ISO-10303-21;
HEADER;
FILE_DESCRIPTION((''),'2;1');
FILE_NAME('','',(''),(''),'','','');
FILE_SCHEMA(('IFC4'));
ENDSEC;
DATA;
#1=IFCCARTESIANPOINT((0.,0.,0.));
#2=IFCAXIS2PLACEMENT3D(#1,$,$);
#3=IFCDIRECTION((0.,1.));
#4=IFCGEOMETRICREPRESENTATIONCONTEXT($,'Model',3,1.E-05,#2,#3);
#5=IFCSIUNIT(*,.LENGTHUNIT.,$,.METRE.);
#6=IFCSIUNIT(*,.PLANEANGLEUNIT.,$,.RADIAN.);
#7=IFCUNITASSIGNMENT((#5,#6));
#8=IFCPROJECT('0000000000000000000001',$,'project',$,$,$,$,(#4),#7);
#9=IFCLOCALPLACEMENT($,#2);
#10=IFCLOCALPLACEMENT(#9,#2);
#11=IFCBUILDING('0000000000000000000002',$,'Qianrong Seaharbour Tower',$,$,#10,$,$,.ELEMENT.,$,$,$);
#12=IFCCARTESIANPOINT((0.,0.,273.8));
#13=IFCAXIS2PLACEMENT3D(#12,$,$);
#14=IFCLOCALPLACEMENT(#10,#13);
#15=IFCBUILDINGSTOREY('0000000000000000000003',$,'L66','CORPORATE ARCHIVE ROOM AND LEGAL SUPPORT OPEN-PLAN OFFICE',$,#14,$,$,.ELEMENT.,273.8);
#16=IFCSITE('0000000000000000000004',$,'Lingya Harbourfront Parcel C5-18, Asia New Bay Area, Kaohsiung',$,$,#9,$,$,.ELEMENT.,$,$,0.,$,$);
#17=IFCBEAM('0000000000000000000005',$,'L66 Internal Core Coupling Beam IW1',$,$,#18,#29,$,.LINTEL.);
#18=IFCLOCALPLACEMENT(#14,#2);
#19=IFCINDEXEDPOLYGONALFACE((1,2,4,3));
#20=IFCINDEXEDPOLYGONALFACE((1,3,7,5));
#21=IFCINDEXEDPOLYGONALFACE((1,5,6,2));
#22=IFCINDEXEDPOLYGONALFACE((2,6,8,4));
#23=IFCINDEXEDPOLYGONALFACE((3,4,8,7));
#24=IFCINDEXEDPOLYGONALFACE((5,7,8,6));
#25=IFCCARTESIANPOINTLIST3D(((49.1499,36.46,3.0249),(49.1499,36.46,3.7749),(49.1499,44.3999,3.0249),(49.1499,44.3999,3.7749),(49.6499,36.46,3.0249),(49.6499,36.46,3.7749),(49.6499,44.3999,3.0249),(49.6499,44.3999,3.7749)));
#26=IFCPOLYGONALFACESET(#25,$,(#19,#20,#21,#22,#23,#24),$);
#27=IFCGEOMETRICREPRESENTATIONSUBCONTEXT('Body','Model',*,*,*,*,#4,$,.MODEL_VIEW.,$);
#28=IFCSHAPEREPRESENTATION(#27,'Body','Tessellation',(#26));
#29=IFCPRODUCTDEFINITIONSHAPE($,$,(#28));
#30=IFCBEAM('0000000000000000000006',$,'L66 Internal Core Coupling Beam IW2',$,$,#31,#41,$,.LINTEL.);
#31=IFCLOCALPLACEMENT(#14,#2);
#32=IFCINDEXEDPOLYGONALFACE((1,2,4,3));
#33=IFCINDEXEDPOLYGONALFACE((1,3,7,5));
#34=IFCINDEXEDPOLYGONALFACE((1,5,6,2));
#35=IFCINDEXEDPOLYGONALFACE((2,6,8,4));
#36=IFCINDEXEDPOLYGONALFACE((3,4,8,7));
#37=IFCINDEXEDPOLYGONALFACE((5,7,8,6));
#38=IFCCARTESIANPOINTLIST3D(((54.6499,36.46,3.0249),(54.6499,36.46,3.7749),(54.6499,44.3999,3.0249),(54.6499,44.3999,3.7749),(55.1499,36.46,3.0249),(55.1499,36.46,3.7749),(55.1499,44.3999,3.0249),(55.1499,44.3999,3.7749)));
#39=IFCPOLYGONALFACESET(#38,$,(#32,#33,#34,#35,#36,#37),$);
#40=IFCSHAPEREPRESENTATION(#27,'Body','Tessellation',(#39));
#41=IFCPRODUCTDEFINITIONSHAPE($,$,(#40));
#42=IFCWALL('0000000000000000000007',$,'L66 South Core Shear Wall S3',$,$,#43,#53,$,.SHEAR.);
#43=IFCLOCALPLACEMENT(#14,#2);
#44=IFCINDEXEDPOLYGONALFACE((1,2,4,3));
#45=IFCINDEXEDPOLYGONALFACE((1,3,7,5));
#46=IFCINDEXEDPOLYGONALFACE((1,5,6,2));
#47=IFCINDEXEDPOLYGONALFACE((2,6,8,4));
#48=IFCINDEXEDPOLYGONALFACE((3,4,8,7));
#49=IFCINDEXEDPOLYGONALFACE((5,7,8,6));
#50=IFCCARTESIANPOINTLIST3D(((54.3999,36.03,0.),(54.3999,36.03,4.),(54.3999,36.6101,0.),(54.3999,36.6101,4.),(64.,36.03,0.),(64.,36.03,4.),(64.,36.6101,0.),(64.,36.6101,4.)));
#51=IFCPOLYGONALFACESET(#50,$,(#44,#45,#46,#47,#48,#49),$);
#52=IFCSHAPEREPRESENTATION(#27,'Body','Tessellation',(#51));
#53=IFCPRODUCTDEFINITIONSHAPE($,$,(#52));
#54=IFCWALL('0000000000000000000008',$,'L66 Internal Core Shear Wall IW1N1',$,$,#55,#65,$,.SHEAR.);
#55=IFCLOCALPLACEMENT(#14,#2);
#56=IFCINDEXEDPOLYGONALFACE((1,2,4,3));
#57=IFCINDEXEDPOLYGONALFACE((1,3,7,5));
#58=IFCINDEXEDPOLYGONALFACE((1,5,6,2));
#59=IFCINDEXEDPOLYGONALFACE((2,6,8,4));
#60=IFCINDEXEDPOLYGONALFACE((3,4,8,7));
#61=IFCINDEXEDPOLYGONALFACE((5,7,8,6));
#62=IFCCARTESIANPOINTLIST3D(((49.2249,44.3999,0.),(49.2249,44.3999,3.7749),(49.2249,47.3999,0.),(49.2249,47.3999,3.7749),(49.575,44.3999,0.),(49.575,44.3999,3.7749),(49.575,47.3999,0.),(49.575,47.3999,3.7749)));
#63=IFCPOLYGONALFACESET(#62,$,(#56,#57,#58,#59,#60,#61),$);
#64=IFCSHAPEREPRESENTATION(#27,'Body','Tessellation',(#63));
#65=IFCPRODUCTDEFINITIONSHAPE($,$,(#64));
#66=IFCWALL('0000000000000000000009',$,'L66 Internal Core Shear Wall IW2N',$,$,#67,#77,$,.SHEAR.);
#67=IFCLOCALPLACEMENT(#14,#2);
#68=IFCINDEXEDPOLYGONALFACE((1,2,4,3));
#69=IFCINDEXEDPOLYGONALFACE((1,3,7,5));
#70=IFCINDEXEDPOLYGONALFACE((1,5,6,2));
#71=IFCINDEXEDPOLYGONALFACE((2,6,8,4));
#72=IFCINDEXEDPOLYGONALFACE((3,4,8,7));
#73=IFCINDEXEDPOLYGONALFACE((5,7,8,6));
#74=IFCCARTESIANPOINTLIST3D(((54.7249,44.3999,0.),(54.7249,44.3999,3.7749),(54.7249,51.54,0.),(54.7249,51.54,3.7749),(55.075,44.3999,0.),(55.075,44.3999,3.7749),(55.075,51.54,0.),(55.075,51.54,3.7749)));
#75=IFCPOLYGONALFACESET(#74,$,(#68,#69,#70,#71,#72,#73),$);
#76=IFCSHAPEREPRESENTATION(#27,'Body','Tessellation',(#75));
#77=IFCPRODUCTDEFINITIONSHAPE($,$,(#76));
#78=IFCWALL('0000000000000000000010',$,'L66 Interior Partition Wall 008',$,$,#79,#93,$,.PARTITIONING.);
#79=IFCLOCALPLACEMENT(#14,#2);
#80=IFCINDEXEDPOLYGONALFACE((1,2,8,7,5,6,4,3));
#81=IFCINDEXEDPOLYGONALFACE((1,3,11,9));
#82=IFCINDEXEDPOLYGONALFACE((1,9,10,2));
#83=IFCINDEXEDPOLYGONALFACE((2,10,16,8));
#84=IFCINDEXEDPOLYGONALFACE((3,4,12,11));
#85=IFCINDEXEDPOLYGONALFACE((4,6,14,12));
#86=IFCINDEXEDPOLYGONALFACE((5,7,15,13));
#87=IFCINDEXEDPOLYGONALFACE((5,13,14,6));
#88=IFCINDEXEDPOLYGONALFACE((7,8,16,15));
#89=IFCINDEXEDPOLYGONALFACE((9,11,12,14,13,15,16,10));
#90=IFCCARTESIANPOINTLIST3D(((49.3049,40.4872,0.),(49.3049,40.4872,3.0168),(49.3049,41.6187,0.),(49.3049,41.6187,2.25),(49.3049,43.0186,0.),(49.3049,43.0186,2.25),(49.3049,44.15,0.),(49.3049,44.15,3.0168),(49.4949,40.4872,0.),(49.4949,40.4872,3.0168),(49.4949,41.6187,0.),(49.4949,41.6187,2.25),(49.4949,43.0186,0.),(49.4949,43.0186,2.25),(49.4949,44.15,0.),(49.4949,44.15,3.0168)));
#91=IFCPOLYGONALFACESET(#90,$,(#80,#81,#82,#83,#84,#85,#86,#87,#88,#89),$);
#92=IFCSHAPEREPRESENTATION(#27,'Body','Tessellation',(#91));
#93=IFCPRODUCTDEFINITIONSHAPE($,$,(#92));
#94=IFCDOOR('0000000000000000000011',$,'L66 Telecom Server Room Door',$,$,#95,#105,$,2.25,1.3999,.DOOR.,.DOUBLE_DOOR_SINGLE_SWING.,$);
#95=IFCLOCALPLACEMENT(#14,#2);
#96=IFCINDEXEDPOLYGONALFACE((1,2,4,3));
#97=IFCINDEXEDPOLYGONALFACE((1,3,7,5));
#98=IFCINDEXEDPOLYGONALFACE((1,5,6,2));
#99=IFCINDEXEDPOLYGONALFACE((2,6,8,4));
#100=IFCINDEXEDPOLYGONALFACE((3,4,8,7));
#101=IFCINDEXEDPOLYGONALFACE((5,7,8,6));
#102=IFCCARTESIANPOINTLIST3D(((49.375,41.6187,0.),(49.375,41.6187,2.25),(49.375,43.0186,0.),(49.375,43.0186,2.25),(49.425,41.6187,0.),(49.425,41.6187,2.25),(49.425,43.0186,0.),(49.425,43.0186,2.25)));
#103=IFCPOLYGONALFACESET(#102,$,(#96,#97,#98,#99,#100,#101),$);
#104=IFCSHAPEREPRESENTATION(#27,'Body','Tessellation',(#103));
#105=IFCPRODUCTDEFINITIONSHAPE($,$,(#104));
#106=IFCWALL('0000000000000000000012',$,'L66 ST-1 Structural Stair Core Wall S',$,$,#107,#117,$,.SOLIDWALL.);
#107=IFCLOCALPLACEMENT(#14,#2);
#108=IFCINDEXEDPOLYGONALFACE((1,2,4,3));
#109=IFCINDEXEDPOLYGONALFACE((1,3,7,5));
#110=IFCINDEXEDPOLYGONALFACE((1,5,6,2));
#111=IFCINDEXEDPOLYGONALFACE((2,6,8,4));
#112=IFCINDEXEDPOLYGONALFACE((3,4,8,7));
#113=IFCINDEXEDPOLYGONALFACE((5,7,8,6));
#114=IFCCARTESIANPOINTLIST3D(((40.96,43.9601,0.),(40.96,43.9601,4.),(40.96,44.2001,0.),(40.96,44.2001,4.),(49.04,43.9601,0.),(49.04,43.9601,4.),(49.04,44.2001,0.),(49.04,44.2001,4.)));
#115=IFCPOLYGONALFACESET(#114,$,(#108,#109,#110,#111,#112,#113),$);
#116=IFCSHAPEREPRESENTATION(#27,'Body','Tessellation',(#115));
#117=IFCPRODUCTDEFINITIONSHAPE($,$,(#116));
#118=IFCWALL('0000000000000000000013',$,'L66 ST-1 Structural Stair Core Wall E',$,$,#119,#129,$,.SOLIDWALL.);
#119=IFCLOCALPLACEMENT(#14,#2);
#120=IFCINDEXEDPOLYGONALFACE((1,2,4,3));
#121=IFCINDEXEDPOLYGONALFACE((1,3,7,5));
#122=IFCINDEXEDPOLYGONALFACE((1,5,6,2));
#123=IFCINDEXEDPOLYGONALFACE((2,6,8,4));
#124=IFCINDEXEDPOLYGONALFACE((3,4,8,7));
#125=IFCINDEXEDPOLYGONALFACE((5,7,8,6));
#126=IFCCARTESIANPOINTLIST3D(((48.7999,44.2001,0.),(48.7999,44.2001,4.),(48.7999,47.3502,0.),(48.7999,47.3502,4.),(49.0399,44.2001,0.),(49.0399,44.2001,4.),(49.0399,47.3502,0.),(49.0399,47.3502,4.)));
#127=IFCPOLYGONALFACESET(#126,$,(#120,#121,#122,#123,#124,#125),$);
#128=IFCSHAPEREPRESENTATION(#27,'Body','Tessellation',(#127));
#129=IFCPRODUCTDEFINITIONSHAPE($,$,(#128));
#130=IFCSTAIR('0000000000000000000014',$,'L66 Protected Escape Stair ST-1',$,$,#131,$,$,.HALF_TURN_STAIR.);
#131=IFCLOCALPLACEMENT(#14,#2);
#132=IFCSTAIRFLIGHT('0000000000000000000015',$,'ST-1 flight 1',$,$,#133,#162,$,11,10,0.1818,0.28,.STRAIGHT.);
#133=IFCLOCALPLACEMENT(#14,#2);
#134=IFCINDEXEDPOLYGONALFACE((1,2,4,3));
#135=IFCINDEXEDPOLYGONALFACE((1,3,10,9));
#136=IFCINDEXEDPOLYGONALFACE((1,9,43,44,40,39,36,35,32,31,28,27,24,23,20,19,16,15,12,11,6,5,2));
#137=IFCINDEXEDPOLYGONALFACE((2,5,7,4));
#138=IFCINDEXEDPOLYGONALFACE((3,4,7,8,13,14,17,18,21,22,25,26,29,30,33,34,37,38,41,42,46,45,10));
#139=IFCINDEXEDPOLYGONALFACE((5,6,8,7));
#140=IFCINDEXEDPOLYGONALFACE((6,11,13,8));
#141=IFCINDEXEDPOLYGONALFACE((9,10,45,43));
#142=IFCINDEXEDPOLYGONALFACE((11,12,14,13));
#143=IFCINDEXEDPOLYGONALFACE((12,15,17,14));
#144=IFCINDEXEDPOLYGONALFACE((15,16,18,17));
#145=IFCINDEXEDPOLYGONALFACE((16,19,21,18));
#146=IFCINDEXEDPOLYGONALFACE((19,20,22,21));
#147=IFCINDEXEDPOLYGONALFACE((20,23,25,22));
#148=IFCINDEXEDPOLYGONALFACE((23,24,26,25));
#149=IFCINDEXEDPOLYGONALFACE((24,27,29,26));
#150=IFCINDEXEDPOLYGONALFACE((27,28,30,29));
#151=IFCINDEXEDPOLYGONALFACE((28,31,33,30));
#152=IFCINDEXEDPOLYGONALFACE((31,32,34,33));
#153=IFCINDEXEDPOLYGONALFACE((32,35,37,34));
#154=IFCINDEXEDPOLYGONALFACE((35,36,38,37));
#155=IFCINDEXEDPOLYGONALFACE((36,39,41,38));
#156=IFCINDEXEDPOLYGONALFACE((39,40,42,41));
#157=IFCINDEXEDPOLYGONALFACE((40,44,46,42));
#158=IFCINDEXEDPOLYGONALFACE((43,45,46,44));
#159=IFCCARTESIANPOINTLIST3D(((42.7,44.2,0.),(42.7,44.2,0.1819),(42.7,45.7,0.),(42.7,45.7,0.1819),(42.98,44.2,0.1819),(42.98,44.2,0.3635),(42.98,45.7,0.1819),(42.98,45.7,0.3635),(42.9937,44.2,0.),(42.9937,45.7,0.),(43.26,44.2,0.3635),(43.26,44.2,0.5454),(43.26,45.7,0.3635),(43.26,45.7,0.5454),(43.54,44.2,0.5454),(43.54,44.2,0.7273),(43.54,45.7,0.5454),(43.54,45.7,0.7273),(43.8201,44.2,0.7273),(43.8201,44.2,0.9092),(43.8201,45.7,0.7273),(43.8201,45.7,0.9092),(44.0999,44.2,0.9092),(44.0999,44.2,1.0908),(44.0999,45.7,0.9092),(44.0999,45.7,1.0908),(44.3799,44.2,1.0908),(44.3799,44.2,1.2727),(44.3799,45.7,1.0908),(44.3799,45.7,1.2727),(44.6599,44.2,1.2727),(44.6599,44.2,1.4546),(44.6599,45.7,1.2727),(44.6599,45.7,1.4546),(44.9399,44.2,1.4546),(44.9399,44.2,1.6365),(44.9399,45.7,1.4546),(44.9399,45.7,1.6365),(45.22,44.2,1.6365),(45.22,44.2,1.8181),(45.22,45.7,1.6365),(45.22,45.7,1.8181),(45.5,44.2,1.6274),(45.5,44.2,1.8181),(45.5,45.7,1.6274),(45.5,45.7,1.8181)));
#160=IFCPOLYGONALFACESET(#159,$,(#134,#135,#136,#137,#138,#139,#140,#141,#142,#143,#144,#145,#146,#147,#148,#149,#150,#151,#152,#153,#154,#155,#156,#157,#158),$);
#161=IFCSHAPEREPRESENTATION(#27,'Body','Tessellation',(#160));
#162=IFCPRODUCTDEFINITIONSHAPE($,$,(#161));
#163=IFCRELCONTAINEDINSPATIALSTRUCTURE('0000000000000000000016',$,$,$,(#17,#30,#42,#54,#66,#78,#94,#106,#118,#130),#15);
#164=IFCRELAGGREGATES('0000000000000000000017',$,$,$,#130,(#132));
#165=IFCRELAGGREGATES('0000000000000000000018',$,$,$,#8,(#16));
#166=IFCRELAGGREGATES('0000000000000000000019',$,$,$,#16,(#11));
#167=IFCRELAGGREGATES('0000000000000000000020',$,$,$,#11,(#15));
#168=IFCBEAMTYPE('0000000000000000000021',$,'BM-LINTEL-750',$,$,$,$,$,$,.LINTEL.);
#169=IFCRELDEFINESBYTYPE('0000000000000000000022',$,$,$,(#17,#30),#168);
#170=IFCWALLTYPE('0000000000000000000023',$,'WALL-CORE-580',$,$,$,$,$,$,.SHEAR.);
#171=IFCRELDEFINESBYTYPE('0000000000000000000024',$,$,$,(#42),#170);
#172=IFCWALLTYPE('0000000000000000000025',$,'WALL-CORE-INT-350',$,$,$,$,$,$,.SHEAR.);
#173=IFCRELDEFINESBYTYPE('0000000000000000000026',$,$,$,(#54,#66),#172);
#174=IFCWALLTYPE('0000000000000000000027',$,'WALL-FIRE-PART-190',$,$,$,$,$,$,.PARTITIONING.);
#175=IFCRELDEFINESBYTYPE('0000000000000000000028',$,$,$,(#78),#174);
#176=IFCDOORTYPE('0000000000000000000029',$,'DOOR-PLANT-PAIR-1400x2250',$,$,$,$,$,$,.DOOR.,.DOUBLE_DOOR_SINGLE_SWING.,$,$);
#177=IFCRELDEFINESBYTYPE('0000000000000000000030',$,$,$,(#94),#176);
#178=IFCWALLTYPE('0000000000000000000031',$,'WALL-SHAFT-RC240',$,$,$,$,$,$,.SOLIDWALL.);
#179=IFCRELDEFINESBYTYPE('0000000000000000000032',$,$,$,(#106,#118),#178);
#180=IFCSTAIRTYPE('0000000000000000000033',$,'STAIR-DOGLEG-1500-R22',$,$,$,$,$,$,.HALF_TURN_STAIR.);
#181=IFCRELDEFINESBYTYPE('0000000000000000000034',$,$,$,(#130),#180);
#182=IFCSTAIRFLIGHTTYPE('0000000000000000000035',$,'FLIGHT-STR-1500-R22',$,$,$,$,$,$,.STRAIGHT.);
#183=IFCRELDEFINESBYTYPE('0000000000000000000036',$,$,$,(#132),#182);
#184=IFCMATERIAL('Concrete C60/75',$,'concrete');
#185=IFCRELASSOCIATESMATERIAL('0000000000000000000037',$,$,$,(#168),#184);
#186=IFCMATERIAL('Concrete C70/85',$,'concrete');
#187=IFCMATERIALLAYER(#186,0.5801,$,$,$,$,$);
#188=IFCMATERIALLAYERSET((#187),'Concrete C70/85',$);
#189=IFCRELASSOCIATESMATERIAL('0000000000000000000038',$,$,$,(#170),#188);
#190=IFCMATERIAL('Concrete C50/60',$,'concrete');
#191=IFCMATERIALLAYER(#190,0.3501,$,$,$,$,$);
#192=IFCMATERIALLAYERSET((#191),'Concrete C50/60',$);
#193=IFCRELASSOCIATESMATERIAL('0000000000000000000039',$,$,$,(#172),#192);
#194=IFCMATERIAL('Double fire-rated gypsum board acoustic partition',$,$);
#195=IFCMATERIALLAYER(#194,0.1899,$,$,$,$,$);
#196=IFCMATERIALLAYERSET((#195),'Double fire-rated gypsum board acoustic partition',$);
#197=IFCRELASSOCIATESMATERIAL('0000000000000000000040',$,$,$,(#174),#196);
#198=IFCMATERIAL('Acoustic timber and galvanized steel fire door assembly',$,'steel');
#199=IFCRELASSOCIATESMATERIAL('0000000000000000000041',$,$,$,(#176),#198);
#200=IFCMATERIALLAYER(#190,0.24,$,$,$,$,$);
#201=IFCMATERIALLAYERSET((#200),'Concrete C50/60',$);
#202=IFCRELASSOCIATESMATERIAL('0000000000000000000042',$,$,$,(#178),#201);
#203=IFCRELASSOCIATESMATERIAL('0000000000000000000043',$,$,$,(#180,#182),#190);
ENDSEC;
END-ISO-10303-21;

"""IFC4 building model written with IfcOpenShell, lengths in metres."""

from ifc_helpers import new_model, si_unit, direction, frame, frame_2d, origin, origin_2d, place, context, subcontext, project, spatial, polyline, rectangle, outline, extrude, material, layer, layer_set, material_profile, profile_set, type_object, element, fill, aggregate, save


model = new_model("IFC4")

# Units and contexts
model_context = context("Model", 3, precision=1e-05, world=origin(), true_north=direction((0.0, 1.0)))
body_context = subcontext(model_context, "Body", "Model", "MODEL_VIEW")
ifc_project = project(units=[si_unit("LENGTHUNIT", "METRE"), si_unit("PLANEANGLEUNIT", "RADIAN")], contexts=[model_context])

# Site, building, storey
site_placement = place(None, origin())
site = spatial("IfcSite", under=ifc_project, at=site_placement, Name="Lingya Harbourfront Parcel C5-18, Asia New Bay Area, Kaohsiung", CompositionType="ELEMENT", RefElevation=0.0)
building_placement = place(site_placement, origin())
building = spatial("IfcBuilding", under=site, at=building_placement, Name="Qianrong Seaharbour Tower", CompositionType="ELEMENT")
storey_placement = place(building_placement, frame((0.0, 0.0, 273.8)))
storey = spatial("IfcBuildingStorey", under=building, at=storey_placement, Name="L66", Description="CORPORATE ARCHIVE ROOM AND LEGAL SUPPORT OPEN-PLAN OFFICE", CompositionType="ELEMENT", Elevation=273.8)

# Beams
ifc_material_1 = material(Name="Concrete C60/75", Category="concrete")
ifc_material_profile = material_profile(ifc_material_1, rectangle(XDim=0.5, YDim=0.75, at=origin_2d()), Name="RC500x750")
ifc_profile_set = profile_set([ifc_material_profile], Name="Concrete C60/75")
beam_type = type_object("IfcBeamType", Name="BM-LINTEL-750", PredefinedType="LINTEL", material=ifc_profile_set)
for number, where, z_axis, x_axis, name in (
    (1, (49.3999, 36.46, 3.3999), (0.0, 1.0, 0.0), (-1.0, 0.0, 0.0), "L66 Internal Core Coupling Beam IW1"),
    (2, (54.8999, 36.46, 3.3999), (0.0, 1.0, 0.0), (-1.0, 0.0, 0.0), "L66 Internal Core Coupling Beam IW2"),
):
    element("IfcBeam", number, at=place(storey_placement, frame(where, z_axis=z_axis, x_axis=x_axis)), inside=storey, type_object=beam_type, Name=name, PredefinedType="LINTEL", context=body_context, shape_type="SweptSolid", body=[
        extrude(rectangle(XDim=0.5, YDim=0.75, at=origin_2d()), origin(), (0.0, 0.0, 1.0), 7.9399),
    ])

# Walls
ifc_material_2 = material(Name="Concrete C70/85", Category="concrete")
ifc_layer_1 = layer(ifc_material_2, 0.5801)
ifc_layer_set_1 = layer_set([ifc_layer_1], Name="Concrete C70/85")
wall_type_1 = type_object("IfcWallType", Name="WALL-CORE-580", PredefinedType="SHEAR", material=ifc_layer_set_1)
wall_1_placement = place(storey_placement, frame((54.3999, 36.3201, 0.0), z_axis=(0.0, 0.0, 1.0), x_axis=(1.0, 0.0, 0.0)))
element("IfcWall", 3, at=wall_1_placement, inside=storey, type_object=wall_type_1, Name="L66 South Core Shear Wall S3", PredefinedType="SHEAR", context=body_context, shape_type="SweptSolid", body=[
    extrude(rectangle(XDim=9.6001, YDim=0.5801, at=frame_2d((4.8, 0.0))), origin(), (0.0, 0.0, 1.0), 4.0),
])
ifc_material_3 = material(Name="Concrete C50/60", Category="concrete")
ifc_layer_2 = layer(ifc_material_3, 0.3501)
ifc_layer_set_2 = layer_set([ifc_layer_2], Name="Concrete C50/60")
wall_type_2 = type_object("IfcWallType", Name="WALL-CORE-INT-350", PredefinedType="SHEAR", material=ifc_layer_set_2)
wall_2_placement = place(storey_placement, frame((49.3999, 44.3999, 0.0), z_axis=(0.0, 0.0, 1.0), x_axis=(0.0, 1.0, 0.0)))
element("IfcWall", 4, at=wall_2_placement, inside=storey, type_object=wall_type_2, Name="L66 Internal Core Shear Wall IW1N1", PredefinedType="SHEAR", context=body_context, shape_type="SweptSolid", body=[
    extrude(rectangle(XDim=3.0, YDim=0.3501, at=frame_2d((1.5, 0.0))), origin(), (0.0, 0.0, 1.0), 3.7749),
])
wall_3_placement = place(storey_placement, frame((54.8999, 44.3999, 0.0), z_axis=(0.0, 0.0, 1.0), x_axis=(0.0, 1.0, 0.0)))
element("IfcWall", 5, at=wall_3_placement, inside=storey, type_object=wall_type_2, Name="L66 Internal Core Shear Wall IW2N", PredefinedType="SHEAR", context=body_context, shape_type="SweptSolid", body=[
    extrude(rectangle(XDim=7.1401, YDim=0.3501, at=frame_2d((3.5701, 0.0))), origin(), (0.0, 0.0, 1.0), 3.7749),
])

# Wall, opening, door
ifc_material_4 = material(Name="Acoustic timber and galvanized steel fire door assembly", Category="steel")
ifc_material_5 = material(Name="Double fire-rated gypsum board acoustic partition")
ifc_layer_3 = layer(ifc_material_5, 0.1899)
ifc_layer_set_3 = layer_set([ifc_layer_3], Name="Double fire-rated gypsum board acoustic partition")
wall_type_3 = type_object("IfcWallType", Name="WALL-FIRE-PART-190", PredefinedType="PARTITIONING", material=ifc_layer_set_3)
wall_4_placement = place(storey_placement, frame((49.3999, 40.4871, 0.0), z_axis=(0.0, 0.0, 1.0), x_axis=(0.0, 1.0, 0.0)))
wall_4 = element("IfcWall", 6, at=wall_4_placement, inside=storey, type_object=wall_type_3, Name="L66 Interior Partition Wall 008", PredefinedType="PARTITIONING", context=body_context, shape_type="SweptSolid", body=[
    extrude(rectangle(XDim=3.6628, YDim=0.1899, at=frame_2d((1.8315, 0.0))), origin(), (0.0, 0.0, 1.0), 3.0168),
])
opening_1_placement = place(wall_4_placement, frame((1.1316, 0.0, 0.0)))
opening_1 = element("IfcOpeningElement", 7, at=opening_1_placement, cuts=wall_4, PredefinedType="OPENING", context=body_context, shape_type="SweptSolid", body=[
    extrude(rectangle(XDim=1.3999, YDim=2.25, at=frame_2d((0.7, 1.125))), frame((0.0, 0.105, 0.0), z_axis=(0.0, -1.0, 0.0), x_axis=(1.0, 0.0, 0.0)), (0.0, 0.0, 1.0), 0.21),
])
door_type_1 = type_object("IfcDoorType", Name="DOOR-PLANT-PAIR-1400x2250", OperationType="DOUBLE_DOOR_SINGLE_SWING", PredefinedType="DOOR", material=ifc_material_4)
door_1_placement = place(opening_1_placement, origin())
door_1 = element("IfcDoor", 8, at=door_1_placement, inside=storey, type_object=door_type_1, Name="L66 Telecom Server Room Door", OperationType="DOUBLE_DOOR_SINGLE_SWING", OverallHeight=2.25, OverallWidth=1.3999, PredefinedType="DOOR", context=body_context, shape_type="SweptSolid", body=[
    extrude(rectangle(XDim=1.3999, YDim=2.25, at=frame_2d((0.7, 1.125))), frame((0.0, 0.0249, 0.0), z_axis=(0.0, -1.0, 0.0), x_axis=(1.0, 0.0, 0.0)), (0.0, 0.0, 1.0), 0.05),
])
fill(opening_1, door_1)

# Walls
ifc_layer_4 = layer(ifc_material_3, 0.24)
ifc_layer_set_4 = layer_set([ifc_layer_4], Name="Concrete C50/60")
wall_type_4 = type_object("IfcWallType", Name="WALL-SHAFT-RC240", PredefinedType="SOLIDWALL", material=ifc_layer_set_4)
wall_5_placement = place(storey_placement, frame((49.04, 44.0801, 0.0), z_axis=(0.0, 0.0, 1.0), x_axis=(-1.0, 0.0, 0.0)))
element("IfcWall", 9, at=wall_5_placement, inside=storey, type_object=wall_type_4, Name="L66 ST-1 Structural Stair Core Wall S", PredefinedType="SOLIDWALL", context=body_context, shape_type="SweptSolid", body=[
    extrude(rectangle(XDim=8.0801, YDim=0.24, at=frame_2d((4.04, 0.0))), origin(), (0.0, 0.0, 1.0), 4.0),
])
wall_6_placement = place(storey_placement, frame((48.9199, 44.2, 0.0), z_axis=(0.0, 0.0, 1.0), x_axis=(0.0, 1.0, 0.0)))
element("IfcWall", 10, at=wall_6_placement, inside=storey, type_object=wall_type_4, Name="L66 ST-1 Structural Stair Core Wall E", PredefinedType="SOLIDWALL", context=body_context, shape_type="SweptSolid", body=[
    extrude(rectangle(XDim=3.1501, YDim=0.24, at=frame_2d((1.5752, 0.0))), origin(), (0.0, 0.0, 1.0), 4.0),
])

# Stair, stair flight
stair_type = type_object("IfcStairType", Name="STAIR-DOGLEG-1500-R22", PredefinedType="HALF_TURN_STAIR", material=ifc_material_3)
stair_placement = place(storey_placement, origin())
stair = element("IfcStair", 11, at=stair_placement, inside=storey, type_object=stair_type, Name="L66 Protected Escape Stair ST-1", PredefinedType="HALF_TURN_STAIR")
stair_flight_type = type_object("IfcStairFlightType", Name="FLIGHT-STR-1500-R22", PredefinedType="STRAIGHT", material=ifc_material_3)
stair_flight_placement = place(storey_placement, frame((42.7, 44.95, 0.0), z_axis=(0.0, 0.0, 1.0), x_axis=(1.0, 0.0, 0.0)))
stair_flight = element("IfcStairFlight", 12, at=stair_flight_placement, type_object=stair_flight_type, Name="ST-1 flight 1", NumberOfRisers=11, NumberOfTreads=10, PredefinedType="STRAIGHT", RiserHeight=0.1818, TreadLength=0.28, context=body_context, shape_type="SweptSolid", body=[
    extrude(outline(polyline([(0.0, 0.0), (0.0, 0.1819), (0.28, 0.1819), (0.28, 0.3635), (0.5601, 0.3635), (0.5601, 0.5454), (0.8401, 0.5454), (0.8401, 0.7273), (1.1201, 0.7273), (1.1201, 0.9092), (1.3999, 0.9092), (1.3999, 1.0908), (1.6799, 1.0908), (1.6799, 1.2727), (1.96, 1.2727), (1.96, 1.4546), (2.24, 1.4546), (2.24, 1.6365), (2.52, 1.6365), (2.52, 1.8181), (2.8, 1.8181), (2.8, 2.0), (2.8, 1.6274), (0.2937, 0.0), (0.0, 0.0)])), frame((0.0, 0.75, 0.0), z_axis=(0.0, -1.0, 0.0), x_axis=(1.0, 0.0, 0.0)), (0.0, 0.0, 1.0), 1.5),
])
aggregate(stair, [stair_flight])

save(model, "model.ifc")
